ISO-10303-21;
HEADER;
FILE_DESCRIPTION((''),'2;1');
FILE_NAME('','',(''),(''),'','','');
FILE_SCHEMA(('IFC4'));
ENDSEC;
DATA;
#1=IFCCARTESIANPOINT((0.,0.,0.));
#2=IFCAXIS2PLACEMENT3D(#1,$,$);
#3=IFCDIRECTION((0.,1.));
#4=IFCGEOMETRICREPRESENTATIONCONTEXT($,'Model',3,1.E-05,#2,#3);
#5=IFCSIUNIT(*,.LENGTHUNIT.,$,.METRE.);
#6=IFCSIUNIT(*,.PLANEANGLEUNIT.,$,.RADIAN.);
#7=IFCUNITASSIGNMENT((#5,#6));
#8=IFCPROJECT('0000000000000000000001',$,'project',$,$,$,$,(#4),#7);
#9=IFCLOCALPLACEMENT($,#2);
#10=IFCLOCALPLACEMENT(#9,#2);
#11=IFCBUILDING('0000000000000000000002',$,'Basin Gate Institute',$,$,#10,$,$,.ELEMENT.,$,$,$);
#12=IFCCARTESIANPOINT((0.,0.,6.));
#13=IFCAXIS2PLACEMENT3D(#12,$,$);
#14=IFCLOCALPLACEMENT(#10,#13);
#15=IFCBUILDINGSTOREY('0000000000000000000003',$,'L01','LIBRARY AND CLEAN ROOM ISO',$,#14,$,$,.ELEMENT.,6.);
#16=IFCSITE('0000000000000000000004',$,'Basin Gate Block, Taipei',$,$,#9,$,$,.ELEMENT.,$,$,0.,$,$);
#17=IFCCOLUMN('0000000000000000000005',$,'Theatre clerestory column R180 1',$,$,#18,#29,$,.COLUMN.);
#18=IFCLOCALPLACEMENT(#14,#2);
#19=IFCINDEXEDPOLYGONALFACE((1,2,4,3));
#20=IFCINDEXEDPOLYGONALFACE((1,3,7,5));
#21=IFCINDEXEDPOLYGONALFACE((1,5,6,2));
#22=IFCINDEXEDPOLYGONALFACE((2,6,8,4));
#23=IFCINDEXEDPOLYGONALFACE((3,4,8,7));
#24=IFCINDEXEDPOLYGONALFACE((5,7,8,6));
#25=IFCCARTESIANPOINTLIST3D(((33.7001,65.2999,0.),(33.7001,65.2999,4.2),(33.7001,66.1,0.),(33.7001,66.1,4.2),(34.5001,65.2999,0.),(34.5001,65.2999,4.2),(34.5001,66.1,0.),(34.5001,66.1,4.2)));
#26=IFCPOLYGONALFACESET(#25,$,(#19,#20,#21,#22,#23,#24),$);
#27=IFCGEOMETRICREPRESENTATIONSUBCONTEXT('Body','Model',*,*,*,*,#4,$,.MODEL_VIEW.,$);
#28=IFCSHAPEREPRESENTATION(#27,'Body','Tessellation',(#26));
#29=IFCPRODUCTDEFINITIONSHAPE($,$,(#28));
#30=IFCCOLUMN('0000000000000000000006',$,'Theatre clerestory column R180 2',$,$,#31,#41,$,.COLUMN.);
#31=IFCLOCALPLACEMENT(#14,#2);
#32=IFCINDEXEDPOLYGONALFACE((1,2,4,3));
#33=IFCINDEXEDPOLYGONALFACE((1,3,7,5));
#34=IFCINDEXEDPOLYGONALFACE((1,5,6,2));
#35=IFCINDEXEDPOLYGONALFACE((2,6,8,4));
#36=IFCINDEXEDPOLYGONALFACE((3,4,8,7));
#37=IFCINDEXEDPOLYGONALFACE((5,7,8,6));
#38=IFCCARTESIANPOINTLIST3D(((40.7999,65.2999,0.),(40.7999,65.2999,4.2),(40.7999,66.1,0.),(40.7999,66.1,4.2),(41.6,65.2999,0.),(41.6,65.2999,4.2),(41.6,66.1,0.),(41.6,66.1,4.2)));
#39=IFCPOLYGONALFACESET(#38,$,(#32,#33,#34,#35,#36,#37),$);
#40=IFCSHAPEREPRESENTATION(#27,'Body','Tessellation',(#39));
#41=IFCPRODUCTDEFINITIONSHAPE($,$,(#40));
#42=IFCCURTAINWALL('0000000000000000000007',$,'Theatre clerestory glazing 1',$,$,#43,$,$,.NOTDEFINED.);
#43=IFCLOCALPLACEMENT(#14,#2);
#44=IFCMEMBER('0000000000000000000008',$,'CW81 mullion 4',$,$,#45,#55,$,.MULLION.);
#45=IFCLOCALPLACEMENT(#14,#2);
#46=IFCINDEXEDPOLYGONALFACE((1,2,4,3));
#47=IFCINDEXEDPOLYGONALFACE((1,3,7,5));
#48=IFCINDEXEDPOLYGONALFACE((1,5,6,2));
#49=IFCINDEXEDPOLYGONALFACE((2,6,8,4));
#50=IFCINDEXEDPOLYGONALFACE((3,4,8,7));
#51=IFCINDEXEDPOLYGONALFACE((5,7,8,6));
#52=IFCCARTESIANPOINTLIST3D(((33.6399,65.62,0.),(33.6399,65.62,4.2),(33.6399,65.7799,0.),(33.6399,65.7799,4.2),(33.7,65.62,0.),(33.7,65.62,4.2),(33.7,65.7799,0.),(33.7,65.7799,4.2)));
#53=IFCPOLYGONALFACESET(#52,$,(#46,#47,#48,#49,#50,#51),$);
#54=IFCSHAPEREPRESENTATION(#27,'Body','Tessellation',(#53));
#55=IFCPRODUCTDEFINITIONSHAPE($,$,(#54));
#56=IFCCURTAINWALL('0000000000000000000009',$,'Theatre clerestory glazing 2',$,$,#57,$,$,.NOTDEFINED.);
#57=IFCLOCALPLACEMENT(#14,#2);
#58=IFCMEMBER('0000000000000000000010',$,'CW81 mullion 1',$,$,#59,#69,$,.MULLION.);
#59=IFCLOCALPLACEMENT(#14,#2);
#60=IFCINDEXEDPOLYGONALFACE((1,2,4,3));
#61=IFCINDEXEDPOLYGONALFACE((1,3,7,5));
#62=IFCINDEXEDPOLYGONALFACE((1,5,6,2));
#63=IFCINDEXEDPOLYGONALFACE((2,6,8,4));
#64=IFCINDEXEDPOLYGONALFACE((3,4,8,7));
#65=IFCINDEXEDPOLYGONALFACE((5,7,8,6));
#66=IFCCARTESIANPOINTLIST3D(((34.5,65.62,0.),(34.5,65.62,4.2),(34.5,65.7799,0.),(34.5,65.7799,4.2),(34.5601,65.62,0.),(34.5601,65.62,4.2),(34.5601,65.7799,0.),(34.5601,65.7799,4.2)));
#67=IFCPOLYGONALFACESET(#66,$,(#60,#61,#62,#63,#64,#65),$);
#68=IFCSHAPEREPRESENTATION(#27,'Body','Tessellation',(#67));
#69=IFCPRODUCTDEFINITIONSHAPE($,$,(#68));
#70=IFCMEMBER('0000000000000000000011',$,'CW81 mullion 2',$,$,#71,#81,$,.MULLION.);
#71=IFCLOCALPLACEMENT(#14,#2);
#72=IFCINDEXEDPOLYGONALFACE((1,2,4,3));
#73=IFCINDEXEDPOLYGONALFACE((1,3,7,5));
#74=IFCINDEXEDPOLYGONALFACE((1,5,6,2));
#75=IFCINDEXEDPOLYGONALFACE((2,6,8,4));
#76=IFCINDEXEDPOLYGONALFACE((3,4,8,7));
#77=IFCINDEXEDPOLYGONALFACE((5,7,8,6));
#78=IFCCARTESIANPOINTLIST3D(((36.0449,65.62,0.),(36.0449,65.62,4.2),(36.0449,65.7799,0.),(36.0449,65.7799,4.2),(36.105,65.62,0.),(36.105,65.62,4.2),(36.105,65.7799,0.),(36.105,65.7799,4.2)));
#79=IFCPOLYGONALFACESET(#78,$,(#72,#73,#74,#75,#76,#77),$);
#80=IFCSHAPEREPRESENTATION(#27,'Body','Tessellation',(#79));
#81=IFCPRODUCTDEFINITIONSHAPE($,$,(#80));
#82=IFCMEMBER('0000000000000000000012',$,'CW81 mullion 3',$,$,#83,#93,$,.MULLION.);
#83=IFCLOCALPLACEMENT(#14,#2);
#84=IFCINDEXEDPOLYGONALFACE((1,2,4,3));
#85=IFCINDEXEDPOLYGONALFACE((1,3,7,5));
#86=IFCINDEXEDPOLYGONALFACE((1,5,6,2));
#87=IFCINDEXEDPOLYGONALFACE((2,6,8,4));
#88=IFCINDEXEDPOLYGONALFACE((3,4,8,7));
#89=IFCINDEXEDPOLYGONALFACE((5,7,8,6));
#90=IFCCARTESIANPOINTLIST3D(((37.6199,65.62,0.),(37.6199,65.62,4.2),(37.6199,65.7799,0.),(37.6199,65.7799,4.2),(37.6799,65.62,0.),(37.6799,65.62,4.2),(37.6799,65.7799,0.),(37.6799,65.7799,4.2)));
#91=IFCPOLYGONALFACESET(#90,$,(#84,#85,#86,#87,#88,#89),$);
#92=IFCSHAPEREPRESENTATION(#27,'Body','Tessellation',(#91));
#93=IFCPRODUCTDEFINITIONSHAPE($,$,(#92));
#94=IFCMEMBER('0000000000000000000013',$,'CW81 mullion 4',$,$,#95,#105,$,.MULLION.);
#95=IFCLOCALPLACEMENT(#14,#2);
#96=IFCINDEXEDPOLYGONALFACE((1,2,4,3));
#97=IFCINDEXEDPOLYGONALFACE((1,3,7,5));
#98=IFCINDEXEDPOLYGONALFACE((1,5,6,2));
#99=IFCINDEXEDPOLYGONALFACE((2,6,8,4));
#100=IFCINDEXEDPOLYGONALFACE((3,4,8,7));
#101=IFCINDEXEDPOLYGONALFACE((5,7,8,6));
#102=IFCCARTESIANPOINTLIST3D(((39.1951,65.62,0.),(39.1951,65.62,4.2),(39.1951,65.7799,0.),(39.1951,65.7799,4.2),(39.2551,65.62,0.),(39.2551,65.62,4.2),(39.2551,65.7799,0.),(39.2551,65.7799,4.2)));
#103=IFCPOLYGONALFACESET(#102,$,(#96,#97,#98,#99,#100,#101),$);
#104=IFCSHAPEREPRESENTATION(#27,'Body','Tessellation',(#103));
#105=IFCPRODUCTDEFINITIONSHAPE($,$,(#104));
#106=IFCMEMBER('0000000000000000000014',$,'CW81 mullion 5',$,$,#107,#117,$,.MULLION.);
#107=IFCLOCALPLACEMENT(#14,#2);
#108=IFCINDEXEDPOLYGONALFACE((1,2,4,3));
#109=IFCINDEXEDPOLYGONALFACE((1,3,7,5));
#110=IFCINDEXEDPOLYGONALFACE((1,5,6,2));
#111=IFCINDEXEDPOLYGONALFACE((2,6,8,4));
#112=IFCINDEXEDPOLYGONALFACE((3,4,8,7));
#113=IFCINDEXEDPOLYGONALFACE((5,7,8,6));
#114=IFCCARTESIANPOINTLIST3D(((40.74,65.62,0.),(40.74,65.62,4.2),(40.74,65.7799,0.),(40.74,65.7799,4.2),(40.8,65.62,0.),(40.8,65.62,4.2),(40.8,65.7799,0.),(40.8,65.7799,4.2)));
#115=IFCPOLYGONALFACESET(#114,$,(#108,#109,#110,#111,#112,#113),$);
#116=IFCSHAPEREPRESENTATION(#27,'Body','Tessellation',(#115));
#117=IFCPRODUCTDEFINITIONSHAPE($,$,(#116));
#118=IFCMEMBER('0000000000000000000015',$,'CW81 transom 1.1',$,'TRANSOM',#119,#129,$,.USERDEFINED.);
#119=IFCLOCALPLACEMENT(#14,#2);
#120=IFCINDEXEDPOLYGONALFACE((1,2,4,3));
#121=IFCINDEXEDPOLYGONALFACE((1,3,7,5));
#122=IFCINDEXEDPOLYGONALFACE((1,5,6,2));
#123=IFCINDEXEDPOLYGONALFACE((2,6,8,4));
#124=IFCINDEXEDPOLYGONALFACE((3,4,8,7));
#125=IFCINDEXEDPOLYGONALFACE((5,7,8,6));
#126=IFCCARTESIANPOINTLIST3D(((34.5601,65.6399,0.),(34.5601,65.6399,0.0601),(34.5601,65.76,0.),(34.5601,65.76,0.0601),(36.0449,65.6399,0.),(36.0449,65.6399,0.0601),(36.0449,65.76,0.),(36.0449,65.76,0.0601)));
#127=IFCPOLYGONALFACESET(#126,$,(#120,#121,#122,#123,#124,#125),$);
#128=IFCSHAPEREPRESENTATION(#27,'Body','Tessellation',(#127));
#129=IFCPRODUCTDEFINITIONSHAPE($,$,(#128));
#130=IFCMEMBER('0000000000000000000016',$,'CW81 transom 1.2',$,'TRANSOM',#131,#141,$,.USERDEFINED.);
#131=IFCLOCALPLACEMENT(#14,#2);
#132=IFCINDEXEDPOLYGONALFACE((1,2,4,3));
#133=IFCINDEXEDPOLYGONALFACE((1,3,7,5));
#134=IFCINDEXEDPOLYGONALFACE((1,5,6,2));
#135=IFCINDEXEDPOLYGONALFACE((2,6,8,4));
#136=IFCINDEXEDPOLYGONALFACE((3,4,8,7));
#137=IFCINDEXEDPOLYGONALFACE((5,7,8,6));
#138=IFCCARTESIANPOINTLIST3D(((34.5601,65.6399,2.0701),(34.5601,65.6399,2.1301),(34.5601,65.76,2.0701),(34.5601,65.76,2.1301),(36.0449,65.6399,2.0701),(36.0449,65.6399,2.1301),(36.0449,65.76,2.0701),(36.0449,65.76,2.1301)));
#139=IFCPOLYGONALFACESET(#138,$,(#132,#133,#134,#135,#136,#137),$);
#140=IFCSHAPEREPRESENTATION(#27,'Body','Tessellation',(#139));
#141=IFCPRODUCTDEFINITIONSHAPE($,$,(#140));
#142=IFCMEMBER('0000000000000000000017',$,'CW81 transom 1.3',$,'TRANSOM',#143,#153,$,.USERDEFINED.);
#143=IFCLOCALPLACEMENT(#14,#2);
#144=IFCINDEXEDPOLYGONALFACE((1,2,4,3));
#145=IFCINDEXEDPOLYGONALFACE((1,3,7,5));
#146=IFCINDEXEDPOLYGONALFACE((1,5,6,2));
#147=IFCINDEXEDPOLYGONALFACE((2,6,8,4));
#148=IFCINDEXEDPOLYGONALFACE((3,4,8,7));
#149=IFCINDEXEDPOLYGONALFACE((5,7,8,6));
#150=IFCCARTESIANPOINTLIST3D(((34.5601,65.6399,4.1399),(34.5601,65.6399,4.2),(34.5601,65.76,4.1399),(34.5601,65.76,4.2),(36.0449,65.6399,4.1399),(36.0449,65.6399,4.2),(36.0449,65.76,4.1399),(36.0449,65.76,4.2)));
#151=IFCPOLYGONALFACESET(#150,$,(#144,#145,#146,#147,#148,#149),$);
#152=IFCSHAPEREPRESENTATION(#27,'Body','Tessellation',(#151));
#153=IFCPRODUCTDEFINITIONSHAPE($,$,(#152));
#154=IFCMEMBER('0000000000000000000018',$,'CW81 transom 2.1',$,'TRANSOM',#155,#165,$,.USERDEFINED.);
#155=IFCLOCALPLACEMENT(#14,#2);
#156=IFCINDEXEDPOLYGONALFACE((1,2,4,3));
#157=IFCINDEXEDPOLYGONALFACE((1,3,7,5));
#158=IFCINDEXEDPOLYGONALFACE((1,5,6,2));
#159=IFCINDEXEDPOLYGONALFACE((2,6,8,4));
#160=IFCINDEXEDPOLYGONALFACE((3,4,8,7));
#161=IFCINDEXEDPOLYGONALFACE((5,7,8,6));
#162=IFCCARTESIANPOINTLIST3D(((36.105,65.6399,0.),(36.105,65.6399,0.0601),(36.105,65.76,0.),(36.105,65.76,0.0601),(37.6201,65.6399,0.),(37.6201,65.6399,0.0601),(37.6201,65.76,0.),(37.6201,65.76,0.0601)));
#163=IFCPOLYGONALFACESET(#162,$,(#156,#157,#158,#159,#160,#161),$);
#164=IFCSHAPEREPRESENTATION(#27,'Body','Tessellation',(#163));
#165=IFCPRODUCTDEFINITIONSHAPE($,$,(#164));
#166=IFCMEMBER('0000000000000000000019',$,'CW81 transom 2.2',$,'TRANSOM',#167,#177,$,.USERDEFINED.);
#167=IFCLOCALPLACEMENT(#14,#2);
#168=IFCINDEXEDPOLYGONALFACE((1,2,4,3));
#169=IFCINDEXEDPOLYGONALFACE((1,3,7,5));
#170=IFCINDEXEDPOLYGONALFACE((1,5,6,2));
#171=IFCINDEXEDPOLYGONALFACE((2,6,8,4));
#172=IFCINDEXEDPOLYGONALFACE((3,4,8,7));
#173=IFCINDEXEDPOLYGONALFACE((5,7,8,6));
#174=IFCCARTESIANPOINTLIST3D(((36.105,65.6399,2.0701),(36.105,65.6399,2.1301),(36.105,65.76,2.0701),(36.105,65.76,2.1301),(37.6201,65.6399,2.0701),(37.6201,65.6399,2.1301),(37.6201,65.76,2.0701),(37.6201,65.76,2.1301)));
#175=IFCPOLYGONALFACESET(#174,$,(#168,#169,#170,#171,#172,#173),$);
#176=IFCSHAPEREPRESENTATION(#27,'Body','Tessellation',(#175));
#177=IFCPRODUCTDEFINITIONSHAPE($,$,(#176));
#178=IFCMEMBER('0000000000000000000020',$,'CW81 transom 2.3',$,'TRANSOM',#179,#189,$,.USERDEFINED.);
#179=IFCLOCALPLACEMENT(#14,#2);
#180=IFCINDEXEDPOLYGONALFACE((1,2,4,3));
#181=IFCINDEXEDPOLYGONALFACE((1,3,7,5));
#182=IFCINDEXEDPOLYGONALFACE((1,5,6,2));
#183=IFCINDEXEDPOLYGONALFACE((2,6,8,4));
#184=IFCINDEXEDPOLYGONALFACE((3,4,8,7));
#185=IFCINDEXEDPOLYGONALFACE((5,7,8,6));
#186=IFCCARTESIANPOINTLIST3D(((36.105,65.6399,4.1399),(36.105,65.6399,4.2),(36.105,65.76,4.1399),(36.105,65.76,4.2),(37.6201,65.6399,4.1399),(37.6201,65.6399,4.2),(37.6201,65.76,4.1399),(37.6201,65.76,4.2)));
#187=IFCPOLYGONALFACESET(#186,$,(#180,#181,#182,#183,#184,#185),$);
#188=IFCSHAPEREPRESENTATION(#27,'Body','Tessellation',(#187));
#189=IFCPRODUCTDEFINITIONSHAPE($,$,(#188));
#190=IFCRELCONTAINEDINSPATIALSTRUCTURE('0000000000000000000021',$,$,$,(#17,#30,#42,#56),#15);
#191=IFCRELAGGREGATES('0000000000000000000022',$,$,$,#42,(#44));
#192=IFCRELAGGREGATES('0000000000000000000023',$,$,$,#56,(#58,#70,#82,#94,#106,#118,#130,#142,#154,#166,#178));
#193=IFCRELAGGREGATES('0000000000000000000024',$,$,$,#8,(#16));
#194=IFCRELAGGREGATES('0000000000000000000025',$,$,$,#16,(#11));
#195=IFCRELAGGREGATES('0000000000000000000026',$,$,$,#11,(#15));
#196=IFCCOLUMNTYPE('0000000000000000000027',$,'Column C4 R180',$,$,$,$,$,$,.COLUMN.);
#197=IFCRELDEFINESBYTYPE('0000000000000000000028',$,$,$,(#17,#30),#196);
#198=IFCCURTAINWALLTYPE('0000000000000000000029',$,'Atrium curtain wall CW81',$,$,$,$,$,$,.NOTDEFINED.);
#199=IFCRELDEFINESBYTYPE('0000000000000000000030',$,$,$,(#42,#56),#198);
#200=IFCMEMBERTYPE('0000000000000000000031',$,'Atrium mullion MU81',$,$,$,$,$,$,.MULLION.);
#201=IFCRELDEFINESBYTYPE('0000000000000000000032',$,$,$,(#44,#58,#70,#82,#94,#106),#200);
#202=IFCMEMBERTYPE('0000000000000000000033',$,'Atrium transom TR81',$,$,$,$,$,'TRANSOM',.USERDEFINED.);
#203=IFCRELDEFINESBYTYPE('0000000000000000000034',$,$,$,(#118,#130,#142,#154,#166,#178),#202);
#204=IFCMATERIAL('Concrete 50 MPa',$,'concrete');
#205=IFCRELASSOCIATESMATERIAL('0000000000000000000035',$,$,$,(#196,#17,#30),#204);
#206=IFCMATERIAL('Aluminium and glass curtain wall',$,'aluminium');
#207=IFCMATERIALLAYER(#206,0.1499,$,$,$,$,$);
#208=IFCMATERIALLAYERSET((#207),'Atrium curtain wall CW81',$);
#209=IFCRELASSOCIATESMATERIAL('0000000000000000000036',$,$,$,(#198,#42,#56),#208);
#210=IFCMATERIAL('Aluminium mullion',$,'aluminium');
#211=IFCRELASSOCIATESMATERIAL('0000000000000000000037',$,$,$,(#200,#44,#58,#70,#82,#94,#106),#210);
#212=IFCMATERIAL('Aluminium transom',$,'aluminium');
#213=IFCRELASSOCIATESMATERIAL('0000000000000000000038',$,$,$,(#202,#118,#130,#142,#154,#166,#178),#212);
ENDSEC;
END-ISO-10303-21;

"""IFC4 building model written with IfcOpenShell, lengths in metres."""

from ifc_helpers import new_model, si_unit, direction, frame, origin, origin_2d, place, context, subcontext, project, spatial, rectangle, extrude, material, layer, layer_set, material_profile, profile_set, type_object, element, aggregate, save


model = new_model("IFC4")

# Units and contexts
model_context = context("Model", 3, precision=1e-05, world=origin(), true_north=direction((0.0, 1.0)))
body_context = subcontext(model_context, "Body", "Model", "MODEL_VIEW")
ifc_project = project(units=[si_unit("LENGTHUNIT", "METRE"), si_unit("PLANEANGLEUNIT", "RADIAN")], contexts=[model_context])

# Site, building, storey
site_placement = place(None, origin())
site = spatial("IfcSite", under=ifc_project, at=site_placement, Name="Basin Gate Block, Taipei", CompositionType="ELEMENT", RefElevation=0.0)
building_placement = place(site_placement, origin())
building = spatial("IfcBuilding", under=site, at=building_placement, Name="Basin Gate Institute", CompositionType="ELEMENT")
storey_placement = place(building_placement, frame((0.0, 0.0, 6.0)))
storey = spatial("IfcBuildingStorey", under=building, at=storey_placement, Name="L01", Description="LIBRARY AND CLEAN ROOM ISO", CompositionType="ELEMENT", Elevation=6.0)

# Columns
ifc_material_1 = material(Name="Concrete 50 MPa", Category="concrete")
ifc_material_profile_1 = material_profile(ifc_material_1, rectangle(XDim=0.8, YDim=0.8, at=origin_2d()), Name="Column C4 800 x 800")
ifc_profile_set_1 = profile_set([ifc_material_profile_1], Name="Concrete 50 MPa")
column_type = type_object("IfcColumnType", Name="Column C4 R180", PredefinedType="COLUMN", material=ifc_profile_set_1)
for number, where, z_axis, x_axis, name in (
    (1, (34.1001, 65.7, 0.0), (0.0, 0.0, 1.0), (1.0, 0.0, 0.0), "Theatre clerestory column R180 1"),
    (2, (41.2, 65.7, 0.0), (0.0, 0.0, 1.0), (1.0, 0.0, 0.0), "Theatre clerestory column R180 2"),
):
    element("IfcColumn", number, at=place(storey_placement, frame(where, z_axis=z_axis, x_axis=x_axis)), inside=storey, type_object=column_type, material=ifc_profile_set_1, Name=name, PredefinedType="COLUMN", context=body_context, shape_type="SweptSolid", body=[
        extrude(rectangle(XDim=0.8, YDim=0.8, at=origin_2d()), origin(), (0.0, 0.0, 1.0), 4.2),
    ])

# Curtain wall, member
ifc_material_2 = material(Name="Aluminium and glass curtain wall", Category="aluminium")
ifc_layer_1 = layer(ifc_material_2, 0.1499)
ifc_layer_set_1 = layer_set([ifc_layer_1], Name="Atrium curtain wall CW81")
curtain_wall_type = type_object("IfcCurtainWallType", Name="Atrium curtain wall CW81", PredefinedType="NOTDEFINED", material=ifc_layer_set_1)
curtain_wall_1_placement = place(storey_placement, origin())
curtain_wall_1 = element("IfcCurtainWall", 3, at=curtain_wall_1_placement, inside=storey, type_object=curtain_wall_type, material=ifc_layer_set_1, Name="Theatre clerestory glazing 1", PredefinedType="NOTDEFINED")
ifc_material_3 = material(Name="Aluminium mullion", Category="aluminium")
ifc_material_profile_2 = material_profile(ifc_material_3, rectangle(XDim=0.1599, YDim=0.0601, at=origin_2d()), Name="Atrium mullion MU81 160 x 60")
ifc_profile_set_2 = profile_set([ifc_material_profile_2], Name="Aluminium mullion")
member_type_1 = type_object("IfcMemberType", Name="Atrium mullion MU81", PredefinedType="MULLION", material=ifc_profile_set_2)
member_1_placement = place(storey_placement, frame((33.6699, 65.7, 0.0), z_axis=(0.0, 0.0, 1.0), x_axis=(0.0, 1.0, 0.0)))
member_1 = element("IfcMember", 4, at=member_1_placement, type_object=member_type_1, material=ifc_profile_set_2, Name="CW81 mullion 4", PredefinedType="MULLION", context=body_context, shape_type="SweptSolid", body=[
    extrude(rectangle(XDim=0.1599, YDim=0.0601, at=origin_2d()), origin(), (0.0, 0.0, 1.0), 4.2),
])

# Curtain wall, members
curtain_wall_2_placement = place(storey_placement, origin())
curtain_wall_2 = element("IfcCurtainWall", 5, at=curtain_wall_2_placement, inside=storey, type_object=curtain_wall_type, material=ifc_layer_set_1, Name="Theatre clerestory glazing 2", PredefinedType="NOTDEFINED")
member_2_placement = place(storey_placement, frame((34.53, 65.7, 0.0), z_axis=(0.0, 0.0, 1.0), x_axis=(0.0, 1.0, 0.0)))
member_2 = element("IfcMember", 6, at=member_2_placement, type_object=member_type_1, material=ifc_profile_set_2, Name="CW81 mullion 1", PredefinedType="MULLION", context=body_context, shape_type="SweptSolid", body=[
    extrude(rectangle(XDim=0.1599, YDim=0.0601, at=origin_2d()), origin(), (0.0, 0.0, 1.0), 4.2),
])
member_3_placement = place(storey_placement, frame((36.075, 65.7, 0.0), z_axis=(0.0, 0.0, 1.0), x_axis=(0.0, 1.0, 0.0)))
member_3 = element("IfcMember", 7, at=member_3_placement, type_object=member_type_1, material=ifc_profile_set_2, Name="CW81 mullion 2", PredefinedType="MULLION", context=body_context, shape_type="SweptSolid", body=[
    extrude(rectangle(XDim=0.1599, YDim=0.0601, at=origin_2d()), origin(), (0.0, 0.0, 1.0), 4.2),
])
member_4_placement = place(storey_placement, frame((37.6499, 65.7, 0.0), z_axis=(0.0, 0.0, 1.0), x_axis=(0.0, 1.0, 0.0)))
member_4 = element("IfcMember", 8, at=member_4_placement, type_object=member_type_1, material=ifc_profile_set_2, Name="CW81 mullion 3", PredefinedType="MULLION", context=body_context, shape_type="SweptSolid", body=[
    extrude(rectangle(XDim=0.1599, YDim=0.0601, at=origin_2d()), origin(), (0.0, 0.0, 1.0), 4.2),
])
member_5_placement = place(storey_placement, frame((39.2251, 65.7, 0.0), z_axis=(0.0, 0.0, 1.0), x_axis=(0.0, 1.0, 0.0)))
member_5 = element("IfcMember", 9, at=member_5_placement, type_object=member_type_1, material=ifc_profile_set_2, Name="CW81 mullion 4", PredefinedType="MULLION", context=body_context, shape_type="SweptSolid", body=[
    extrude(rectangle(XDim=0.1599, YDim=0.0601, at=origin_2d()), origin(), (0.0, 0.0, 1.0), 4.2),
])
member_6_placement = place(storey_placement, frame((40.77, 65.7, 0.0), z_axis=(0.0, 0.0, 1.0), x_axis=(0.0, 1.0, 0.0)))
member_6 = element("IfcMember", 10, at=member_6_placement, type_object=member_type_1, material=ifc_profile_set_2, Name="CW81 mullion 5", PredefinedType="MULLION", context=body_context, shape_type="SweptSolid", body=[
    extrude(rectangle(XDim=0.1599, YDim=0.0601, at=origin_2d()), origin(), (0.0, 0.0, 1.0), 4.2),
])
ifc_material_4 = material(Name="Aluminium transom", Category="aluminium")
ifc_material_profile_3 = material_profile(ifc_material_4, rectangle(XDim=0.1201, YDim=0.0601, at=origin_2d()), Name="Atrium transom TR81 120 x 60")
ifc_profile_set_3 = profile_set([ifc_material_profile_3], Name="Aluminium transom")
member_type_2 = type_object("IfcMemberType", Name="Atrium transom TR81", ElementType="TRANSOM", PredefinedType="USERDEFINED", material=ifc_profile_set_3)
member_7_placement = place(storey_placement, frame((34.5601, 65.7, 0.03), z_axis=(1.0, 0.0, 0.0), x_axis=(0.0, 1.0, 0.0)))
member_7 = element("IfcMember", 11, at=member_7_placement, type_object=member_type_2, material=ifc_profile_set_3, Name="CW81 transom 1.1", ObjectType="TRANSOM", PredefinedType="USERDEFINED", context=body_context, shape_type="SweptSolid", body=[
    extrude(rectangle(XDim=0.1201, YDim=0.0601, at=origin_2d()), origin(), (0.0, 0.0, 1.0), 1.4849),
])
member_8_placement = place(storey_placement, frame((34.5601, 65.7, 2.1001), z_axis=(1.0, 0.0, 0.0), x_axis=(0.0, 1.0, 0.0)))
member_8 = element("IfcMember", 12, at=member_8_placement, type_object=member_type_2, material=ifc_profile_set_3, Name="CW81 transom 1.2", ObjectType="TRANSOM", PredefinedType="USERDEFINED", context=body_context, shape_type="SweptSolid", body=[
    extrude(rectangle(XDim=0.1201, YDim=0.0601, at=origin_2d()), origin(), (0.0, 0.0, 1.0), 1.4849),
])
member_9_placement = place(storey_placement, frame((34.5601, 65.7, 4.1699), z_axis=(1.0, 0.0, 0.0), x_axis=(0.0, 1.0, 0.0)))
member_9 = element("IfcMember", 13, at=member_9_placement, type_object=member_type_2, material=ifc_profile_set_3, Name="CW81 transom 1.3", ObjectType="TRANSOM", PredefinedType="USERDEFINED", context=body_context, shape_type="SweptSolid", body=[
    extrude(rectangle(XDim=0.1201, YDim=0.0601, at=origin_2d()), origin(), (0.0, 0.0, 1.0), 1.4849),
])
member_10_placement = place(storey_placement, frame((36.105, 65.7, 0.03), z_axis=(1.0, 0.0, 0.0), x_axis=(0.0, 1.0, 0.0)))
member_10 = element("IfcMember", 14, at=member_10_placement, type_object=member_type_2, material=ifc_profile_set_3, Name="CW81 transom 2.1", ObjectType="TRANSOM", PredefinedType="USERDEFINED", context=body_context, shape_type="SweptSolid", body=[
    extrude(rectangle(XDim=0.1201, YDim=0.0601, at=origin_2d()), origin(), (0.0, 0.0, 1.0), 1.5151),
])
member_11_placement = place(storey_placement, frame((36.105, 65.7, 2.1001), z_axis=(1.0, 0.0, 0.0), x_axis=(0.0, 1.0, 0.0)))
member_11 = element("IfcMember", 15, at=member_11_placement, type_object=member_type_2, material=ifc_profile_set_3, Name="CW81 transom 2.2", ObjectType="TRANSOM", PredefinedType="USERDEFINED", context=body_context, shape_type="SweptSolid", body=[
    extrude(rectangle(XDim=0.1201, YDim=0.0601, at=origin_2d()), origin(), (0.0, 0.0, 1.0), 1.5151),
])
member_12_placement = place(storey_placement, frame((36.105, 65.7, 4.1699), z_axis=(1.0, 0.0, 0.0), x_axis=(0.0, 1.0, 0.0)))
member_12 = element("IfcMember", 16, at=member_12_placement, type_object=member_type_2, material=ifc_profile_set_3, Name="CW81 transom 2.3", ObjectType="TRANSOM", PredefinedType="USERDEFINED", context=body_context, shape_type="SweptSolid", body=[
    extrude(rectangle(XDim=0.1201, YDim=0.0601, at=origin_2d()), origin(), (0.0, 0.0, 1.0), 1.5151),
])

aggregate(curtain_wall_1, [member_1])
aggregate(curtain_wall_2, [member_2, member_3, member_4, member_5, member_6, member_7, member_8, member_9, member_10, member_11, member_12])

save(model, "model.ifc")
